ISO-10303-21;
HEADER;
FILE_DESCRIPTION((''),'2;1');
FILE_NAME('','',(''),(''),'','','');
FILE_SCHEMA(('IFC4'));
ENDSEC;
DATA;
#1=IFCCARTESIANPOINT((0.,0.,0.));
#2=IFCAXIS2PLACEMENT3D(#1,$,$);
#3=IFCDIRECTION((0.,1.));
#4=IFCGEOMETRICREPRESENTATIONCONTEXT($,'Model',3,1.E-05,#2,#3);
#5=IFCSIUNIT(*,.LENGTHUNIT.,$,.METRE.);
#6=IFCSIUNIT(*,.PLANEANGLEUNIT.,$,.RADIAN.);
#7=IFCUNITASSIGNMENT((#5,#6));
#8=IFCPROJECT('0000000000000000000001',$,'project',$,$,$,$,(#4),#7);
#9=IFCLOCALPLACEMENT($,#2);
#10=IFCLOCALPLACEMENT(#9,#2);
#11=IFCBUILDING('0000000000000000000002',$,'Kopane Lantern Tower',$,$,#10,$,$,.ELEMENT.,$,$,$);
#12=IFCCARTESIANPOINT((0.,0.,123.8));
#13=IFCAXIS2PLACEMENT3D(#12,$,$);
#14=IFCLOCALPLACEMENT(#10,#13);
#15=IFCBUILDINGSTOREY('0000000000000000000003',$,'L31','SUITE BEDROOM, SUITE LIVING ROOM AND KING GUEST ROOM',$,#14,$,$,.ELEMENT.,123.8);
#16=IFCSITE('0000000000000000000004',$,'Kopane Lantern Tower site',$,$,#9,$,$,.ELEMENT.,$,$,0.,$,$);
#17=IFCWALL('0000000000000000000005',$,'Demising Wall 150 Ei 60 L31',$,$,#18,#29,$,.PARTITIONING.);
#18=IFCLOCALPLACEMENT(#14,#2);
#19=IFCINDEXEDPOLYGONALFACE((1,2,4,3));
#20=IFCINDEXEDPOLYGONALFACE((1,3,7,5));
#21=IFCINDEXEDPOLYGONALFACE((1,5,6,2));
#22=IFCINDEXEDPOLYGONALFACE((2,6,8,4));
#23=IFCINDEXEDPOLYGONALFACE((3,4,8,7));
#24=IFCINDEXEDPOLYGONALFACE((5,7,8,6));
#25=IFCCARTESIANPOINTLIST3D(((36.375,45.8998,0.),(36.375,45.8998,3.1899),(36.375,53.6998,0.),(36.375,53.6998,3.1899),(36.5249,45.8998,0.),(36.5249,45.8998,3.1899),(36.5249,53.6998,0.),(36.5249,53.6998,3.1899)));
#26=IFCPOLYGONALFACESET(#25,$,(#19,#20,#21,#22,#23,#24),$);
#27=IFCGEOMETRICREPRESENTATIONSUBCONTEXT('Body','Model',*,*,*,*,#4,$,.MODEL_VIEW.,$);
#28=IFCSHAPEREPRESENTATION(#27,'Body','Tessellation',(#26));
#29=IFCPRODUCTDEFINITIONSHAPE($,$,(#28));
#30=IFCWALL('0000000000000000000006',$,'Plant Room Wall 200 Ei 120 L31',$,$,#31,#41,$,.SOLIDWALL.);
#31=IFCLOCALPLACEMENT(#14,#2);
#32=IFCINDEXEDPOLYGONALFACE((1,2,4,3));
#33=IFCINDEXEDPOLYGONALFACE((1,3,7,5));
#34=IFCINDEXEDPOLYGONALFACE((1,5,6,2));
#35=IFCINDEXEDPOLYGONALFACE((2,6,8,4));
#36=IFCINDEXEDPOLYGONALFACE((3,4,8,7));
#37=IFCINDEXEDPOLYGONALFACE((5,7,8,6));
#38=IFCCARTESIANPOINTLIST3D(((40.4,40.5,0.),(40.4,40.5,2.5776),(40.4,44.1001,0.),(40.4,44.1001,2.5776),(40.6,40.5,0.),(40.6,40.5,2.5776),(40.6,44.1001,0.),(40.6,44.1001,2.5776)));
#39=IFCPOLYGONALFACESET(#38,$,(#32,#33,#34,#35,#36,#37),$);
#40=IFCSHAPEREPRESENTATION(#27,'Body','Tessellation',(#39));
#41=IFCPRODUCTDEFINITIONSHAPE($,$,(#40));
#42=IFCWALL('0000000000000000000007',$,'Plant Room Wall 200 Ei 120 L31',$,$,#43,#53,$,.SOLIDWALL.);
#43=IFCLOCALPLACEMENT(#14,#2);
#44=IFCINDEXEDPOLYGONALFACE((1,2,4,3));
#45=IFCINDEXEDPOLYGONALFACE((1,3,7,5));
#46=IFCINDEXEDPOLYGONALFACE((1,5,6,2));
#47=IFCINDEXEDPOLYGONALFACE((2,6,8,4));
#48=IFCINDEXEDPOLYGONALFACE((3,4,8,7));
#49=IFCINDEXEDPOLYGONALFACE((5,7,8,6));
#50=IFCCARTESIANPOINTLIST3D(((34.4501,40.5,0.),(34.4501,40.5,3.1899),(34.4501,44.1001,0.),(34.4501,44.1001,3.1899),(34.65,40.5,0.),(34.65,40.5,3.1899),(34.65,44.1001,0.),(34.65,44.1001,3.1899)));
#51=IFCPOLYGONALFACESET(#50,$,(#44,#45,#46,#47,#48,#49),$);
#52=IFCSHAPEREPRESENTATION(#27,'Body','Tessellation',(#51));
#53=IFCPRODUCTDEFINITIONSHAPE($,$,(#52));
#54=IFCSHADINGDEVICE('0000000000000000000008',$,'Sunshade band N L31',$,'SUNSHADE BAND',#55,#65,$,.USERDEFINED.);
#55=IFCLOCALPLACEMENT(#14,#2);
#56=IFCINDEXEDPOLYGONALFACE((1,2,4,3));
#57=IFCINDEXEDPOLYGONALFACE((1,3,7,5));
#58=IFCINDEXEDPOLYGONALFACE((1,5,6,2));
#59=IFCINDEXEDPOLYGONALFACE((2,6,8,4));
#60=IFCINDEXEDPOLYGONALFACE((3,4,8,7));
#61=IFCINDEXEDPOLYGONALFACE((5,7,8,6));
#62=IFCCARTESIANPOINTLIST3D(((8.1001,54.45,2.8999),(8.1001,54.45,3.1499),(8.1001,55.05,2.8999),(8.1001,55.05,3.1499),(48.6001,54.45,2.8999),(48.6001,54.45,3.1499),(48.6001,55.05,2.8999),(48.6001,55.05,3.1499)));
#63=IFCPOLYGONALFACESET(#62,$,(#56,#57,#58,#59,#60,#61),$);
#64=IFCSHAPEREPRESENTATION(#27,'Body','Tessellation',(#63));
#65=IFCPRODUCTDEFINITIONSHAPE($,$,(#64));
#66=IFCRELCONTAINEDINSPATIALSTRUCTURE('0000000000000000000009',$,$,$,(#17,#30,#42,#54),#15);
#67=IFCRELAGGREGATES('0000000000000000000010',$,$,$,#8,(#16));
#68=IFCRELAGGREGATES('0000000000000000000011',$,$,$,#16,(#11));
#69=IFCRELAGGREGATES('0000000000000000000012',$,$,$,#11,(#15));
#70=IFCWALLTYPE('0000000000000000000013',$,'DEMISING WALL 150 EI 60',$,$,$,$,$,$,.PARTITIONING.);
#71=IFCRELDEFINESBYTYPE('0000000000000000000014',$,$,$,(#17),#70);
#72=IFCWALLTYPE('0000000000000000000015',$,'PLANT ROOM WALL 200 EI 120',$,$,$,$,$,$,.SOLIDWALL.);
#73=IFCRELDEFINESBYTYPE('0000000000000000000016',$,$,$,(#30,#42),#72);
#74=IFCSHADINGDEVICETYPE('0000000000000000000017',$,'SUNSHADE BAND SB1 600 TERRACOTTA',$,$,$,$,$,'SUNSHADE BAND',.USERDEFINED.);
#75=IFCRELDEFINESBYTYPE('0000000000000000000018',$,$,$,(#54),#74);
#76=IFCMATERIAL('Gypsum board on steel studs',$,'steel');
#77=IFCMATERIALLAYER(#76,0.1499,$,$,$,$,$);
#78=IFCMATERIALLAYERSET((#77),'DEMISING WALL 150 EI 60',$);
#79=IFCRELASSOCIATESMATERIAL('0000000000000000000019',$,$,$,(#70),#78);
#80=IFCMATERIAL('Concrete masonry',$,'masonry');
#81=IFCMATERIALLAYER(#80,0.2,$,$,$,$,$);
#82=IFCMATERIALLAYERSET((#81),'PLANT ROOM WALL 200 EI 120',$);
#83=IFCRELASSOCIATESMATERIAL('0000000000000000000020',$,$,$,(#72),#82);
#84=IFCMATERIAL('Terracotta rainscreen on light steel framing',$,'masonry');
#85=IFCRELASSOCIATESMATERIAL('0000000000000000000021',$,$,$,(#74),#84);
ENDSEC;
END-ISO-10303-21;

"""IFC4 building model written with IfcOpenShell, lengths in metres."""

from ifc_helpers import new_model, si_unit, direction, frame, frame_2d, origin, origin_2d, place, context, subcontext, project, spatial, rectangle, extrude, material, layer, layer_set, type_object, element, save


model = new_model("IFC4")

# Units and contexts
model_context = context("Model", 3, precision=1e-05, world=origin(), true_north=direction((0.0, 1.0)))
body_context = subcontext(model_context, "Body", "Model", "MODEL_VIEW")
ifc_project = project(units=[si_unit("LENGTHUNIT", "METRE"), si_unit("PLANEANGLEUNIT", "RADIAN")], contexts=[model_context])

# Site, building, storey
site_placement = place(None, origin())
site = spatial("IfcSite", under=ifc_project, at=site_placement, Name="Kopane Lantern Tower site", CompositionType="ELEMENT", RefElevation=0.0)
building_placement = place(site_placement, origin())
building = spatial("IfcBuilding", under=site, at=building_placement, Name="Kopane Lantern Tower", CompositionType="ELEMENT")
storey_placement = place(building_placement, frame((0.0, 0.0, 123.8)))
storey = spatial("IfcBuildingStorey", under=building, at=storey_placement, Name="L31", Description="SUITE BEDROOM, SUITE LIVING ROOM AND KING GUEST ROOM", CompositionType="ELEMENT", Elevation=123.8)

# Walls
ifc_material_1 = material(Name="Gypsum board on steel studs", Category="steel")
ifc_layer_1 = layer(ifc_material_1, 0.1499)
ifc_layer_set_1 = layer_set([ifc_layer_1], Name="DEMISING WALL 150 EI 60")
wall_type_1 = type_object("IfcWallType", Name="DEMISING WALL 150 EI 60", PredefinedType="PARTITIONING", material=ifc_layer_set_1)
wall_1_placement = place(storey_placement, frame((36.45, 45.8999, 0.0), z_axis=(0.0, 0.0, 1.0), x_axis=(0.0, 1.0, 0.0)))
element("IfcWall", 1, at=wall_1_placement, inside=storey, type_object=wall_type_1, Name="Demising Wall 150 Ei 60 L31", PredefinedType="PARTITIONING", context=body_context, shape_type="SweptSolid", body=[
    extrude(rectangle(XDim=7.8, YDim=0.1499, at=frame_2d((3.8999, 0.0))), origin(), (0.0, 0.0, 1.0), 3.1899),
])
ifc_material_2 = material(Name="Concrete masonry", Category="masonry")
ifc_layer_2 = layer(ifc_material_2, 0.2)
ifc_layer_set_2 = layer_set([ifc_layer_2], Name="PLANT ROOM WALL 200 EI 120")
wall_type_2 = type_object("IfcWallType", Name="PLANT ROOM WALL 200 EI 120", PredefinedType="SOLIDWALL", material=ifc_layer_set_2)
wall_2_placement = place(storey_placement, frame((40.5, 40.5, 0.0), z_axis=(0.0, 0.0, 1.0), x_axis=(0.0, 1.0, 0.0)))
element("IfcWall", 2, at=wall_2_placement, inside=storey, type_object=wall_type_2, Name="Plant Room Wall 200 Ei 120 L31", PredefinedType="SOLIDWALL", context=body_context, shape_type="SweptSolid", body=[
    extrude(rectangle(XDim=3.6001, YDim=0.2, at=frame_2d((1.8, 0.0))), origin(), (0.0, 0.0, 1.0), 2.5776),
])
wall_3_placement = place(storey_placement, frame((34.55, 44.1001, 0.0), z_axis=(0.0, 0.0, 1.0), x_axis=(0.0, -1.0, 0.0)))
element("IfcWall", 3, at=wall_3_placement, inside=storey, type_object=wall_type_2, Name="Plant Room Wall 200 Ei 120 L31", PredefinedType="SOLIDWALL", context=body_context, shape_type="SweptSolid", body=[
    extrude(rectangle(XDim=3.6001, YDim=0.2, at=frame_2d((1.8, 0.0))), origin(), (0.0, 0.0, 1.0), 3.1899),
])

# Shading device
ifc_material_3 = material(Name="Terracotta rainscreen on light steel framing", Category="masonry")
shading_device_type = type_object("IfcShadingDeviceType", Name="SUNSHADE BAND SB1 600 TERRACOTTA", ElementType="SUNSHADE BAND", PredefinedType="USERDEFINED", material=ifc_material_3)
shading_device_placement = place(storey_placement, frame((28.3501, 54.75, 2.8999), z_axis=(0.0, 0.0, 1.0), x_axis=(-1.0, 0.0, 0.0)))
element("IfcShadingDevice", 4, at=shading_device_placement, inside=storey, type_object=shading_device_type, Name="Sunshade band N L31", ObjectType="SUNSHADE BAND", PredefinedType="USERDEFINED", context=body_context, shape_type="SweptSolid", body=[
    extrude(rectangle(XDim=40.5, YDim=0.6001, at=origin_2d()), origin(), (0.0, 0.0, 1.0), 0.25),
])

save(model, "model.ifc")
